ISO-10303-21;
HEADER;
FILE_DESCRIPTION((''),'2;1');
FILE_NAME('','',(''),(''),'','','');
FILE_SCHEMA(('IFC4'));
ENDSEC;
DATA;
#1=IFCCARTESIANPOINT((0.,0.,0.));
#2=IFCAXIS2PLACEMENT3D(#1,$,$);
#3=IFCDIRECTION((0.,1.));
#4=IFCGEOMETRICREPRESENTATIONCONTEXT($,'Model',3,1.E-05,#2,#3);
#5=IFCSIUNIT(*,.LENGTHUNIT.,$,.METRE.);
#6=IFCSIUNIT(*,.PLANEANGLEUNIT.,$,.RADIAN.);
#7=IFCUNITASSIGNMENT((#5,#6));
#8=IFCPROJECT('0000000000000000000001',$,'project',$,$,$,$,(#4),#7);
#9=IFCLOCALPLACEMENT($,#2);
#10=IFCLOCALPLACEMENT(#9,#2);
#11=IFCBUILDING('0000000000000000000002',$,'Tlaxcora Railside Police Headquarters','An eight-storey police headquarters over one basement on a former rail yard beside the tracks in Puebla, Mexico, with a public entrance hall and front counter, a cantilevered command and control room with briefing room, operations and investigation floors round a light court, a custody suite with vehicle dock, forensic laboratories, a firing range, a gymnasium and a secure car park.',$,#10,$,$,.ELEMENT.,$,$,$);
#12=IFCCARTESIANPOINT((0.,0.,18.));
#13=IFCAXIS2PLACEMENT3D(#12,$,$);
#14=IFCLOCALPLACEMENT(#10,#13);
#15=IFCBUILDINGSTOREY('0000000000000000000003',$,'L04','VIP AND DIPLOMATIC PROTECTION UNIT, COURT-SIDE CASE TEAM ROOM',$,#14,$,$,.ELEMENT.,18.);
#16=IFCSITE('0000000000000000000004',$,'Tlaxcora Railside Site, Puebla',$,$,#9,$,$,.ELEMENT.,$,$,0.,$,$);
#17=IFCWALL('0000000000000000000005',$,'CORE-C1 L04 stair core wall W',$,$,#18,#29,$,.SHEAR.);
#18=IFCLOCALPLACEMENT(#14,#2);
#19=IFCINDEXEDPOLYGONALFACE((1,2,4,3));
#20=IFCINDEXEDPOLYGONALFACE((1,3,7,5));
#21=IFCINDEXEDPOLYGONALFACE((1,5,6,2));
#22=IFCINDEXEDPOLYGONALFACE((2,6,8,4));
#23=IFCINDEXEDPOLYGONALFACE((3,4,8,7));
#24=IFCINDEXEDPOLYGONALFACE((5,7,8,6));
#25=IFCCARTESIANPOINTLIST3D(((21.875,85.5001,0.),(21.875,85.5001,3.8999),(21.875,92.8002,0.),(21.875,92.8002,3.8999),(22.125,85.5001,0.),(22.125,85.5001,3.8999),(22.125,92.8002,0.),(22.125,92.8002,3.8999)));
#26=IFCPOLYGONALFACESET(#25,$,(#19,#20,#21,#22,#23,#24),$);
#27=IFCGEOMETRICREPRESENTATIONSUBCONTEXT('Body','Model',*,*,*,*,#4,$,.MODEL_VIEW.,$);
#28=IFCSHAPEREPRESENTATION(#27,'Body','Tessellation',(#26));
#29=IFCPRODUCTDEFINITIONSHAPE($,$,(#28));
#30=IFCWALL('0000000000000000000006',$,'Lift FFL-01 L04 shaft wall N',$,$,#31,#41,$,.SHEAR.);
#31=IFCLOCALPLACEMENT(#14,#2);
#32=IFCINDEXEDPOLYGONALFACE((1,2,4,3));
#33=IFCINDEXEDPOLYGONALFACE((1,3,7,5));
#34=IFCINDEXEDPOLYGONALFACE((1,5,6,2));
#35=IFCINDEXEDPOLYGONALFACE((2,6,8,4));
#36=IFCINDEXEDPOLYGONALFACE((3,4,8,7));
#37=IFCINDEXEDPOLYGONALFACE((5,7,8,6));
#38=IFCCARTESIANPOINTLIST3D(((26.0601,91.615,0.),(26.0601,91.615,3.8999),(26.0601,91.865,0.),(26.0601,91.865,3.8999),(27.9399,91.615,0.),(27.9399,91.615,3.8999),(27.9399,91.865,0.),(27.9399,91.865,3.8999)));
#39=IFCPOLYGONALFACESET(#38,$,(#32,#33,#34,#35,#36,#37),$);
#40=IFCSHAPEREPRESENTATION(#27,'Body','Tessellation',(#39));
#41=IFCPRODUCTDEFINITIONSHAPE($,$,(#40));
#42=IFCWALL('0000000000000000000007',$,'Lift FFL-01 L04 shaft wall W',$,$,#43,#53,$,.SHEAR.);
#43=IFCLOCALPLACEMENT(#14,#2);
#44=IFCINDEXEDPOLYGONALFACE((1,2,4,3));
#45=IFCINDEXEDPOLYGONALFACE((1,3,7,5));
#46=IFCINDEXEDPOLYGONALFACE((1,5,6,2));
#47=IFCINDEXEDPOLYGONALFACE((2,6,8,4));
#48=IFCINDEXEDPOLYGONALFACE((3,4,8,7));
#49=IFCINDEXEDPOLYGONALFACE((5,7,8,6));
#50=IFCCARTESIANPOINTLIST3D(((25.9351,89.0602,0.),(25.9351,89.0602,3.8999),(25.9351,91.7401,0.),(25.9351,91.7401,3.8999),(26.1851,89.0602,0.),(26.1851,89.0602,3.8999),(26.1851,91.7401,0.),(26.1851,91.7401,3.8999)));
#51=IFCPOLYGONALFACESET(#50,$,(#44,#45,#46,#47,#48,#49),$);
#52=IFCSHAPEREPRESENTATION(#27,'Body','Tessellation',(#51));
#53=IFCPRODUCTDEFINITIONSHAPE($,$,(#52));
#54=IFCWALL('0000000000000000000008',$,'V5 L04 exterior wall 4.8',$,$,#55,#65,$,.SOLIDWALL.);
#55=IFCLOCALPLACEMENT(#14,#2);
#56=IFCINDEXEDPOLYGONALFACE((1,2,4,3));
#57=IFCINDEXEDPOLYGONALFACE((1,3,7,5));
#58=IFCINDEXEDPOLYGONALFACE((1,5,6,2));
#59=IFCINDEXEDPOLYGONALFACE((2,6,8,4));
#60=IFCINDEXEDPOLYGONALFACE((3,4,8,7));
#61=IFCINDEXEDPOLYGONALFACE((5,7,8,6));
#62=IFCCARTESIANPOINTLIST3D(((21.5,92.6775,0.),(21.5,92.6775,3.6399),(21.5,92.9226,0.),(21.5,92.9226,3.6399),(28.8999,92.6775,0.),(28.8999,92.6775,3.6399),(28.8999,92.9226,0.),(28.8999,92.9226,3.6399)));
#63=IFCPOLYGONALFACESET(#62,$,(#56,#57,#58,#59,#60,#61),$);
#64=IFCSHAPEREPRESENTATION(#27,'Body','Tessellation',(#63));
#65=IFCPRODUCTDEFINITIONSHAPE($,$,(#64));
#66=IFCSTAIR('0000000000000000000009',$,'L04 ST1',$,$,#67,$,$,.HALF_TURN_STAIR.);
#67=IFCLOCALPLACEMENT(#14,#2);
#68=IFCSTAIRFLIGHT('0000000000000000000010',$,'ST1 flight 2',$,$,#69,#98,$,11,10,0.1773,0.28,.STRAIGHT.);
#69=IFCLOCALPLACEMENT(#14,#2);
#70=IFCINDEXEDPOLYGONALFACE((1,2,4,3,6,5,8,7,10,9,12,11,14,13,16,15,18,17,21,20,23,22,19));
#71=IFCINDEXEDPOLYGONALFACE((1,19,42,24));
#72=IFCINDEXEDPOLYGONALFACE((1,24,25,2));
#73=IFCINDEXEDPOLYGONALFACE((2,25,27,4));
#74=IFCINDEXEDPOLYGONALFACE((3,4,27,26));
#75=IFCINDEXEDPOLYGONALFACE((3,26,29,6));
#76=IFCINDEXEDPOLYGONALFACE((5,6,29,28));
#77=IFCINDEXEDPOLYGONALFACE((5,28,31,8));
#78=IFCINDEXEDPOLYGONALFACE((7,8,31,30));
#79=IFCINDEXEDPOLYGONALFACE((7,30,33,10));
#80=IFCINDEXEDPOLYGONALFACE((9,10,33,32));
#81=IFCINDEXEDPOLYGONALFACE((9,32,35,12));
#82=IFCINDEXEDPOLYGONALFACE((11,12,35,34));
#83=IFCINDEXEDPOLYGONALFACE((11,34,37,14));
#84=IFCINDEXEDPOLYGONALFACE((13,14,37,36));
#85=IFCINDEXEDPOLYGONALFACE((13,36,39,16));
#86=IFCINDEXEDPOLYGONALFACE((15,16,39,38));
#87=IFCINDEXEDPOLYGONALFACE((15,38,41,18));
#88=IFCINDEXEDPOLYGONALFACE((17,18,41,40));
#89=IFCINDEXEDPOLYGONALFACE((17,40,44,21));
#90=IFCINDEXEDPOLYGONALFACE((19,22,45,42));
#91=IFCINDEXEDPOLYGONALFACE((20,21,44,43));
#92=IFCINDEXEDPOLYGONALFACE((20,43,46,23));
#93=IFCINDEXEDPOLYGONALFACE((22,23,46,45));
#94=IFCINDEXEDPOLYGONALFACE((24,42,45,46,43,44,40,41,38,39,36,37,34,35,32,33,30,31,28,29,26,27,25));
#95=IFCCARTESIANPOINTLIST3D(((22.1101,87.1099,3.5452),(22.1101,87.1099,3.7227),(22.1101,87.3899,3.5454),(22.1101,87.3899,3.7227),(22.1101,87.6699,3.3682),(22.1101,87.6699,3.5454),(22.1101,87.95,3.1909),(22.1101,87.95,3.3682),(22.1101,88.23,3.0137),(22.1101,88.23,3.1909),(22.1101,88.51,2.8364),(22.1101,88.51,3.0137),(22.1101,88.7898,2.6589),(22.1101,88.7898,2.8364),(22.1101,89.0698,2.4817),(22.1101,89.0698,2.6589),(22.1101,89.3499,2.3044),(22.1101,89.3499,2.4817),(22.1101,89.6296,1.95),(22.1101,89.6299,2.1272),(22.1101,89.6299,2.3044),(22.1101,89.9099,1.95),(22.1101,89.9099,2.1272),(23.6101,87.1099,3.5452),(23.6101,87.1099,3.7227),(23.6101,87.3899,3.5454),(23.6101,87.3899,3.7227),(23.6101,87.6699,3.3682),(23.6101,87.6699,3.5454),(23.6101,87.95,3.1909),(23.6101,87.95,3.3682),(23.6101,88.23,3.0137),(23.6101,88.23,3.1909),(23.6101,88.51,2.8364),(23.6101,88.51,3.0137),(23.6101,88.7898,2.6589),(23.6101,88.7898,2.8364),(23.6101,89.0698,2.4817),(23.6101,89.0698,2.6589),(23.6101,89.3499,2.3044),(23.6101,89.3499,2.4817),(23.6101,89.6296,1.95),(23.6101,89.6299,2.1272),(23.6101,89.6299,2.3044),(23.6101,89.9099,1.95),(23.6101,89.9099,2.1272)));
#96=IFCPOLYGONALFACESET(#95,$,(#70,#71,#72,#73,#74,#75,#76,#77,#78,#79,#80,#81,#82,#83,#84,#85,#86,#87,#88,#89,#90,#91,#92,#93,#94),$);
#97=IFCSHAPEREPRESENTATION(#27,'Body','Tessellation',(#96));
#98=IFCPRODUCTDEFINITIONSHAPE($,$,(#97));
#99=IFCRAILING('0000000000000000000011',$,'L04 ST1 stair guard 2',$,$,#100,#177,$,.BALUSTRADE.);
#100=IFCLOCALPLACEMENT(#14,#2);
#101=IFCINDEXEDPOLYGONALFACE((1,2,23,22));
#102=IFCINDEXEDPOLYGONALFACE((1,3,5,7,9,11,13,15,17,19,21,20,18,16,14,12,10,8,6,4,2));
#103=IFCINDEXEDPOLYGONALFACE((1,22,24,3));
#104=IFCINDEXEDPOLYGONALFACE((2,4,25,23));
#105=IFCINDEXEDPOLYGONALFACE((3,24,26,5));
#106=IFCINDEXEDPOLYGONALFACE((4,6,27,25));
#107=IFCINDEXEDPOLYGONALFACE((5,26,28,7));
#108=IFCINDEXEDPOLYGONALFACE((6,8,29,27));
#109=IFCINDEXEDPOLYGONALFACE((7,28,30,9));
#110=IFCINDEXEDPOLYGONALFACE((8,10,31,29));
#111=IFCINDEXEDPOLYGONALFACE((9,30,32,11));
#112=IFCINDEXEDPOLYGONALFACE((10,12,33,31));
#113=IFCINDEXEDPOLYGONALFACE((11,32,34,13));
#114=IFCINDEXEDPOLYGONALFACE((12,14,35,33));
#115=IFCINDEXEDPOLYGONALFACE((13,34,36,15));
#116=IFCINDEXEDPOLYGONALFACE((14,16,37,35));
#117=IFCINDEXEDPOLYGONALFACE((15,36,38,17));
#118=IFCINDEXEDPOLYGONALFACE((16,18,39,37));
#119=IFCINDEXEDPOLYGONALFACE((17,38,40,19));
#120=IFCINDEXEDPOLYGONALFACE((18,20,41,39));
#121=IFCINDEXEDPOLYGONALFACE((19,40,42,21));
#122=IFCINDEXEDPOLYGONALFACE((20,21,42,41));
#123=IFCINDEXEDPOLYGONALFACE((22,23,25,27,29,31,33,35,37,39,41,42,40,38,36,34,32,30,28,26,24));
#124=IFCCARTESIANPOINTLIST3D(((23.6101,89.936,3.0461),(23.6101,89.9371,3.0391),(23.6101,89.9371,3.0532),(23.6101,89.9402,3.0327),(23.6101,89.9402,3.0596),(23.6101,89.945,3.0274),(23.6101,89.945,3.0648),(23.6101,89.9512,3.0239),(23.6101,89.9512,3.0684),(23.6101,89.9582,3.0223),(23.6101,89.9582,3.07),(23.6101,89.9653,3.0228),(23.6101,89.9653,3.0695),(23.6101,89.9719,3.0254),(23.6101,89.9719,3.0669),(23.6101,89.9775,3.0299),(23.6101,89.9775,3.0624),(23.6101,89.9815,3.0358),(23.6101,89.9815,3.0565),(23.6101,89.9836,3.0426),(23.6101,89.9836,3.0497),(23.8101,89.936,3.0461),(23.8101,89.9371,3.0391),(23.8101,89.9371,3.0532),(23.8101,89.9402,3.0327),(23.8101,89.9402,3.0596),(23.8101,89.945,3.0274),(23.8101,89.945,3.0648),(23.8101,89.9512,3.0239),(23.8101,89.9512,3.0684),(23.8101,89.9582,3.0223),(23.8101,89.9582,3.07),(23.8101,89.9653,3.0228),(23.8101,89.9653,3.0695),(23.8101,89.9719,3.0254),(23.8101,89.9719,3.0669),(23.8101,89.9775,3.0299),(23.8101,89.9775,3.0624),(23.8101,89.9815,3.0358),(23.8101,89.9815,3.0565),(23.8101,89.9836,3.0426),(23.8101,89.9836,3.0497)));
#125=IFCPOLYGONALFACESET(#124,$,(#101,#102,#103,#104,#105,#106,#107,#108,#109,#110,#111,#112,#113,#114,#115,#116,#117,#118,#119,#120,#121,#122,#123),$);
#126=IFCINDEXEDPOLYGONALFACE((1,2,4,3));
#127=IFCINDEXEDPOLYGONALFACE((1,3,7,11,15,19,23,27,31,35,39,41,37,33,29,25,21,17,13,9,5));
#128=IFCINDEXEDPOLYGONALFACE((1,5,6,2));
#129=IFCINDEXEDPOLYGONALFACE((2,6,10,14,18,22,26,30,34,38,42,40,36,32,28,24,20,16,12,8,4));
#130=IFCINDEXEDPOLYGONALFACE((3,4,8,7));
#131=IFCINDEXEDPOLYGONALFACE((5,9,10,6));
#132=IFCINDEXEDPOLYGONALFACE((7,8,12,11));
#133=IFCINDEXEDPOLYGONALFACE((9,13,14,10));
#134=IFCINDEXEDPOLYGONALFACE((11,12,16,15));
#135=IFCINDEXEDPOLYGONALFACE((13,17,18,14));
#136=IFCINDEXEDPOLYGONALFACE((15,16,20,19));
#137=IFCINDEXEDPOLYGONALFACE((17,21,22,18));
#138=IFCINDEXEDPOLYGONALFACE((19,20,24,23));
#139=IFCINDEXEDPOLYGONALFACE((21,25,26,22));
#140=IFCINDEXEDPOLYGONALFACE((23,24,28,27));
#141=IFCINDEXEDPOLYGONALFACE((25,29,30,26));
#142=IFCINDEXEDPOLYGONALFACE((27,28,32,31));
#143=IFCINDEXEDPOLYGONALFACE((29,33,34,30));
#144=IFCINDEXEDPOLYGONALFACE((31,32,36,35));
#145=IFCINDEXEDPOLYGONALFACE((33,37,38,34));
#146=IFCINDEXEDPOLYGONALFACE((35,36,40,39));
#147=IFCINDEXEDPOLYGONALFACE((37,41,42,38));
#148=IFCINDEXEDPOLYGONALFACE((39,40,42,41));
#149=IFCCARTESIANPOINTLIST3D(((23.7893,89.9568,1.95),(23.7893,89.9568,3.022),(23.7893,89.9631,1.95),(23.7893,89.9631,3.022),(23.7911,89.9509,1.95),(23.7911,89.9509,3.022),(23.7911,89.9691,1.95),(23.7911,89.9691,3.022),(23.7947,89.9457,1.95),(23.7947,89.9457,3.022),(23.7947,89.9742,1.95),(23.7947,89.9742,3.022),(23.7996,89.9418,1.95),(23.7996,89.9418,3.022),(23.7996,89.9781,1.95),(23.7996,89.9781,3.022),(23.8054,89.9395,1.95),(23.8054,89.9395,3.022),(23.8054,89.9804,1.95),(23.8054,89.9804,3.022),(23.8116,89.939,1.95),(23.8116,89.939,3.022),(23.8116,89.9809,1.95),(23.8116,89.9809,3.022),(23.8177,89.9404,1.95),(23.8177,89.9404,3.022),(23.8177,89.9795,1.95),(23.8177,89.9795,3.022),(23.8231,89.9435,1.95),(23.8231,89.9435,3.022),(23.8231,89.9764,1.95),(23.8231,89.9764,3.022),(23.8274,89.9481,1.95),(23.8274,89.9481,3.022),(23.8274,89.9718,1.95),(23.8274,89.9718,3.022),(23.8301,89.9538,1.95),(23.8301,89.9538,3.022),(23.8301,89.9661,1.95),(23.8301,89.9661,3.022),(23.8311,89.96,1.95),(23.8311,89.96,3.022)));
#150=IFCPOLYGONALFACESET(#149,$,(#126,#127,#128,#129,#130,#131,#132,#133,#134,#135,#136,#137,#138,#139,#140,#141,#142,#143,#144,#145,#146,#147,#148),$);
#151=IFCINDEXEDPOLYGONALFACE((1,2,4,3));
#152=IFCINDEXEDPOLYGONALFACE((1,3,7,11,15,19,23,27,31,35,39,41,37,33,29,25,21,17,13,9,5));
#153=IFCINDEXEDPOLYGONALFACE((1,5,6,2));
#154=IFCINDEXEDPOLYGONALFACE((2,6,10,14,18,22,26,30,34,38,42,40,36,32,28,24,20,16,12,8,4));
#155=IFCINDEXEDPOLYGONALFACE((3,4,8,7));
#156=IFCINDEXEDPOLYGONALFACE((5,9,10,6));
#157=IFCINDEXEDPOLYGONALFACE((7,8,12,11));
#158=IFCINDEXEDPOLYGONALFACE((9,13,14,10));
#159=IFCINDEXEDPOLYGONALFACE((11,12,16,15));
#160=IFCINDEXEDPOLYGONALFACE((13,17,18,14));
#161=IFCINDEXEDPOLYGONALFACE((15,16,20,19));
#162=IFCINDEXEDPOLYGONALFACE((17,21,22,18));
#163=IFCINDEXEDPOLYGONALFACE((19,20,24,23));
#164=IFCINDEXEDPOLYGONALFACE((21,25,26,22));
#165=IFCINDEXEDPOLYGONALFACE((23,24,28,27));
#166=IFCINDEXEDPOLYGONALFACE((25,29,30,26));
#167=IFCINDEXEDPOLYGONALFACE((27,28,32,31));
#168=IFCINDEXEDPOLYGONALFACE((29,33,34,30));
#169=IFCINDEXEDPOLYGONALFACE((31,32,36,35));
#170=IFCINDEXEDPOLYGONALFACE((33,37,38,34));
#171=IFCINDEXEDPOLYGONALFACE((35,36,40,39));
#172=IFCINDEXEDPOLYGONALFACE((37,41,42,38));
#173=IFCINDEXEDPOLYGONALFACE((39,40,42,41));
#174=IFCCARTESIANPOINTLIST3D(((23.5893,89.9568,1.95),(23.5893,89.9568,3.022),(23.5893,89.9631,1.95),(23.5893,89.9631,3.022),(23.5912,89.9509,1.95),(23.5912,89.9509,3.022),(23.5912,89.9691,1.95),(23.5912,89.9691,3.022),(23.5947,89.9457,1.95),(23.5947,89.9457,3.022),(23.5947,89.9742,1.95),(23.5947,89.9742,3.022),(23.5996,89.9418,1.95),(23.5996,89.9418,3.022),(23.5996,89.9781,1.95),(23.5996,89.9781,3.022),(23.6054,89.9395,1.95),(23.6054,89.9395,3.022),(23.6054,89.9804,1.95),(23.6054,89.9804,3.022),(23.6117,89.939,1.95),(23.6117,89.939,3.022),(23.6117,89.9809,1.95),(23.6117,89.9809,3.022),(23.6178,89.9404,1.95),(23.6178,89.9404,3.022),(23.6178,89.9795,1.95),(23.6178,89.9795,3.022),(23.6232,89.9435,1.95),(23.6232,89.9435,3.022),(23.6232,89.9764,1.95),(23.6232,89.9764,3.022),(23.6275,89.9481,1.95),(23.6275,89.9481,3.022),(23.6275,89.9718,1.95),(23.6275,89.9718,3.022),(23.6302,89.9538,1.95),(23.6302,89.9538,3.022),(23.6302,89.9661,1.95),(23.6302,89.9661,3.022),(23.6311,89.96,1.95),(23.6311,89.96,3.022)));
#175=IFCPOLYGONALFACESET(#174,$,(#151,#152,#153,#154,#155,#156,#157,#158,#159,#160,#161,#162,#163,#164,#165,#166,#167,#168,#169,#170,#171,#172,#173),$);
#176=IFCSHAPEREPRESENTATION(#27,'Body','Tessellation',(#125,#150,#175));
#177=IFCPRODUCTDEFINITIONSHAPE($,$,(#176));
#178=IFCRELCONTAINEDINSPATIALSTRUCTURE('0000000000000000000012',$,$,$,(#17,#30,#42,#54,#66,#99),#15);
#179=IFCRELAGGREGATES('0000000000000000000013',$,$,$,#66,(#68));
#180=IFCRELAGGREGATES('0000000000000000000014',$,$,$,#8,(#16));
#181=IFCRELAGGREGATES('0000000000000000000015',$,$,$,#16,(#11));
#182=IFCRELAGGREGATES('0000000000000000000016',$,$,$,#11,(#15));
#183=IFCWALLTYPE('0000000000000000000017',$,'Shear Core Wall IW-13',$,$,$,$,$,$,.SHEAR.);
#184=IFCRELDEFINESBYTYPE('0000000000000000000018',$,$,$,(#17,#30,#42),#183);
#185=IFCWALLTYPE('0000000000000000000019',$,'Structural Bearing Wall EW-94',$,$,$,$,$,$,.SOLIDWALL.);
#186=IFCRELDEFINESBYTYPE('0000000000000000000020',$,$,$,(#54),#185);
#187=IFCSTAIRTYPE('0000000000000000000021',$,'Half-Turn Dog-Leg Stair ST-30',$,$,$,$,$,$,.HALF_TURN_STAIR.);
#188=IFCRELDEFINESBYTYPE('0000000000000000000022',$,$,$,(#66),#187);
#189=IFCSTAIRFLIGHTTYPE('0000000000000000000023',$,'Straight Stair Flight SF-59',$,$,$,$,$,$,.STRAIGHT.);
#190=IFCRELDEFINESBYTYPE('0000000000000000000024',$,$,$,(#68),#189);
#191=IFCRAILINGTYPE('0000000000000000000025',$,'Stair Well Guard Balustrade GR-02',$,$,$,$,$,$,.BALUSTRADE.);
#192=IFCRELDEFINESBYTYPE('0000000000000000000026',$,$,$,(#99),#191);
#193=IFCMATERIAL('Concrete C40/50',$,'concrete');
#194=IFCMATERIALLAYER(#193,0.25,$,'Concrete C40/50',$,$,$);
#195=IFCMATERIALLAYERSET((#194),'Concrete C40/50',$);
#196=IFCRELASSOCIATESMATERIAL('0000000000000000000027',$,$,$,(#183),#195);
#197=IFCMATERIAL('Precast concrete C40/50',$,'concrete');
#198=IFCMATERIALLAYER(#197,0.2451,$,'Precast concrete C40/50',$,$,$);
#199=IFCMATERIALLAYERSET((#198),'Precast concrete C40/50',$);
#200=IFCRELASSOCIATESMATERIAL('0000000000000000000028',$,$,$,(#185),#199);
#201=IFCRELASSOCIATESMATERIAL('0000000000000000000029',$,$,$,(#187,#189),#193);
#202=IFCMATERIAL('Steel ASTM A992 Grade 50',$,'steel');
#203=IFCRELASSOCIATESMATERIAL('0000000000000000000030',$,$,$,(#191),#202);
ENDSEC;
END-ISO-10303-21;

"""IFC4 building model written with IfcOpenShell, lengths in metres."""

from ifc_helpers import new_model, si_unit, direction, frame, frame_2d, origin, origin_2d, place, context, subcontext, project, spatial, polyline, rectangle, circle, outline, extrude, material, layer, layer_set, type_object, element, aggregate, save


model = new_model("IFC4")

# Units and contexts
model_context = context("Model", 3, precision=1e-05, world=origin(), true_north=direction((0.0, 1.0)))
body_context = subcontext(model_context, "Body", "Model", "MODEL_VIEW")
ifc_project = project(units=[si_unit("LENGTHUNIT", "METRE"), si_unit("PLANEANGLEUNIT", "RADIAN")], contexts=[model_context])

# Site, building, storey
site_placement = place(None, origin())
site = spatial("IfcSite", under=ifc_project, at=site_placement, Name="Tlaxcora Railside Site, Puebla", CompositionType="ELEMENT", RefElevation=0.0)
building_placement = place(site_placement, origin())
building = spatial("IfcBuilding", under=site, at=building_placement, Name="Tlaxcora Railside Police Headquarters", Description="An eight-storey police headquarters over one basement on a former rail yard beside the tracks in Puebla, Mexico, with a public entrance hall and front counter, a cantilevered command and control room with briefing room, operations and investigation floors round a light court, a custody suite with vehicle dock, forensic laboratories, a firing range, a gymnasium and a secure car park.", CompositionType="ELEMENT")
storey_placement = place(building_placement, frame((0.0, 0.0, 18.0)))
storey = spatial("IfcBuildingStorey", under=building, at=storey_placement, Name="L04", Description="VIP AND DIPLOMATIC PROTECTION UNIT, COURT-SIDE CASE TEAM ROOM", CompositionType="ELEMENT", Elevation=18.0)

# Shared definitions
ifc_material_1 = material(Name="Concrete C40/50", Category="concrete")

# Walls
ifc_layer_1 = layer(ifc_material_1, 0.25, Name="Concrete C40/50")
ifc_layer_set_1 = layer_set([ifc_layer_1], Name="Concrete C40/50")
wall_type_1 = type_object("IfcWallType", Name="Shear Core Wall IW-13", PredefinedType="SHEAR", material=ifc_layer_set_1)
wall_1_placement = place(storey_placement, frame((22.0, 92.8, 0.0), z_axis=(0.0, 0.0, 1.0), x_axis=(0.0, -1.0, 0.0)))
element("IfcWall", 1, at=wall_1_placement, inside=storey, type_object=wall_type_1, Name="CORE-C1 L04 stair core wall W", PredefinedType="SHEAR", context=body_context, shape_type="SweptSolid", body=[
    extrude(rectangle(XDim=7.3, YDim=0.25, at=frame_2d((3.6499, 0.0))), origin(), (0.0, 0.0, 1.0), 3.8999),
])
wall_2_placement = place(storey_placement, frame((27.9399, 91.74, 0.0), z_axis=(0.0, 0.0, 1.0), x_axis=(-1.0, 0.0, 0.0)))
element("IfcWall", 2, at=wall_2_placement, inside=storey, type_object=wall_type_1, Name="Lift FFL-01 L04 shaft wall N", PredefinedType="SHEAR", context=body_context, shape_type="SweptSolid", body=[
    extrude(rectangle(XDim=1.8799, YDim=0.25, at=frame_2d((0.9399, 0.0))), origin(), (0.0, 0.0, 1.0), 3.8999),
])
wall_3_placement = place(storey_placement, frame((26.0601, 91.74, 0.0), z_axis=(0.0, 0.0, 1.0), x_axis=(0.0, -1.0, 0.0)))
element("IfcWall", 3, at=wall_3_placement, inside=storey, type_object=wall_type_1, Name="Lift FFL-01 L04 shaft wall W", PredefinedType="SHEAR", context=body_context, shape_type="SweptSolid", body=[
    extrude(rectangle(XDim=2.6799, YDim=0.25, at=frame_2d((1.3398, 0.0))), origin(), (0.0, 0.0, 1.0), 3.8999),
])
ifc_material_2 = material(Name="Precast concrete C40/50", Category="concrete")
ifc_layer_2 = layer(ifc_material_2, 0.2451, Name="Precast concrete C40/50")
ifc_layer_set_2 = layer_set([ifc_layer_2], Name="Precast concrete C40/50")
wall_type_2 = type_object("IfcWallType", Name="Structural Bearing Wall EW-94", PredefinedType="SOLIDWALL", material=ifc_layer_set_2)
wall_4_placement = place(storey_placement, frame((28.8999, 92.8, 0.0), z_axis=(0.0, 0.0, 1.0), x_axis=(-1.0, 0.0, 0.0)))
element("IfcWall", 4, at=wall_4_placement, inside=storey, type_object=wall_type_2, Name="V5 L04 exterior wall 4.8", PredefinedType="SOLIDWALL", context=body_context, shape_type="SweptSolid", body=[
    extrude(rectangle(XDim=7.3999, YDim=0.2451, at=frame_2d((3.7, 0.0))), origin(), (0.0, 0.0, 1.0), 3.6399),
])

# Stair, stair flight
stair_type = type_object("IfcStairType", Name="Half-Turn Dog-Leg Stair ST-30", PredefinedType="HALF_TURN_STAIR", material=ifc_material_1)
stair_placement = place(storey_placement, origin())
stair = element("IfcStair", 5, at=stair_placement, inside=storey, type_object=stair_type, Name="L04 ST1", PredefinedType="HALF_TURN_STAIR")
stair_flight_type = type_object("IfcStairFlightType", Name="Straight Stair Flight SF-59", PredefinedType="STRAIGHT", material=ifc_material_1)
stair_flight_placement = place(storey_placement, frame((22.8601, 89.9099, 1.95), z_axis=(0.0, 0.0, 1.0), x_axis=(0.0, -1.0, 0.0)))
stair_flight = element("IfcStairFlight", 6, at=stair_flight_placement, type_object=stair_flight_type, Name="ST1 flight 2", NumberOfRisers=11, NumberOfTreads=10, PredefinedType="STRAIGHT", RiserHeight=0.1773, TreadLength=0.28, context=body_context, shape_type="SweptSolid", body=[
    extrude(outline(polyline([(0.0, 0.0), (0.0, 0.1772), (0.28, 0.1772), (0.28, 0.3545), (0.5601, 0.3545), (0.5601, 0.5317), (0.8401, 0.5317), (0.8401, 0.709), (1.1201, 0.709), (1.1201, 0.8865), (1.3999, 0.8865), (1.3999, 1.0637), (1.6799, 1.0637), (1.6799, 1.241), (1.96, 1.241), (1.96, 1.4182), (2.24, 1.4182), (2.24, 1.5955), (2.52, 1.5955), (2.52, 1.7727), (2.8, 1.7727), (2.8, 1.95), (2.8, 1.5952), (0.2803, 0.0), (0.0, 0.0)])), frame((0.0, 0.75, 0.0), z_axis=(0.0, -1.0, 0.0), x_axis=(1.0, 0.0, 0.0)), (0.0, 0.0, 1.0), 1.5),
])
aggregate(stair, [stair_flight])

# Railing
ifc_material_3 = material(Name="Steel ASTM A992 Grade 50", Category="steel")
railing_type = type_object("IfcRailingType", Name="Stair Well Guard Balustrade GR-02", PredefinedType="BALUSTRADE", material=ifc_material_3)
railing_1_placement = place(storey_placement, frame((23.8101, 89.96, 1.95)))
element("IfcRailing", 7, at=railing_1_placement, inside=storey, type_object=railing_type, Name="L04 ST1 stair guard 2", PredefinedType="BALUSTRADE", context=body_context, shape_type="SweptSolid", body=[
    extrude(circle(Radius=0.0239, at=origin_2d()), frame((0.0, 0.0, 1.0962), z_axis=(-1.0, 0.0, 0.0), x_axis=(0.0, -1.0, 0.0)), (0.0, 0.0, 1.0), 0.2),
    extrude(circle(Radius=0.021, at=origin_2d()), origin(), (0.0, 0.0, 1.0), 1.072),
    extrude(circle(Radius=0.021, at=origin_2d()), frame((-0.2, 0.0, 0.0)), (0.0, 0.0, 1.0), 1.072),
])

save(model, "model.ifc")
